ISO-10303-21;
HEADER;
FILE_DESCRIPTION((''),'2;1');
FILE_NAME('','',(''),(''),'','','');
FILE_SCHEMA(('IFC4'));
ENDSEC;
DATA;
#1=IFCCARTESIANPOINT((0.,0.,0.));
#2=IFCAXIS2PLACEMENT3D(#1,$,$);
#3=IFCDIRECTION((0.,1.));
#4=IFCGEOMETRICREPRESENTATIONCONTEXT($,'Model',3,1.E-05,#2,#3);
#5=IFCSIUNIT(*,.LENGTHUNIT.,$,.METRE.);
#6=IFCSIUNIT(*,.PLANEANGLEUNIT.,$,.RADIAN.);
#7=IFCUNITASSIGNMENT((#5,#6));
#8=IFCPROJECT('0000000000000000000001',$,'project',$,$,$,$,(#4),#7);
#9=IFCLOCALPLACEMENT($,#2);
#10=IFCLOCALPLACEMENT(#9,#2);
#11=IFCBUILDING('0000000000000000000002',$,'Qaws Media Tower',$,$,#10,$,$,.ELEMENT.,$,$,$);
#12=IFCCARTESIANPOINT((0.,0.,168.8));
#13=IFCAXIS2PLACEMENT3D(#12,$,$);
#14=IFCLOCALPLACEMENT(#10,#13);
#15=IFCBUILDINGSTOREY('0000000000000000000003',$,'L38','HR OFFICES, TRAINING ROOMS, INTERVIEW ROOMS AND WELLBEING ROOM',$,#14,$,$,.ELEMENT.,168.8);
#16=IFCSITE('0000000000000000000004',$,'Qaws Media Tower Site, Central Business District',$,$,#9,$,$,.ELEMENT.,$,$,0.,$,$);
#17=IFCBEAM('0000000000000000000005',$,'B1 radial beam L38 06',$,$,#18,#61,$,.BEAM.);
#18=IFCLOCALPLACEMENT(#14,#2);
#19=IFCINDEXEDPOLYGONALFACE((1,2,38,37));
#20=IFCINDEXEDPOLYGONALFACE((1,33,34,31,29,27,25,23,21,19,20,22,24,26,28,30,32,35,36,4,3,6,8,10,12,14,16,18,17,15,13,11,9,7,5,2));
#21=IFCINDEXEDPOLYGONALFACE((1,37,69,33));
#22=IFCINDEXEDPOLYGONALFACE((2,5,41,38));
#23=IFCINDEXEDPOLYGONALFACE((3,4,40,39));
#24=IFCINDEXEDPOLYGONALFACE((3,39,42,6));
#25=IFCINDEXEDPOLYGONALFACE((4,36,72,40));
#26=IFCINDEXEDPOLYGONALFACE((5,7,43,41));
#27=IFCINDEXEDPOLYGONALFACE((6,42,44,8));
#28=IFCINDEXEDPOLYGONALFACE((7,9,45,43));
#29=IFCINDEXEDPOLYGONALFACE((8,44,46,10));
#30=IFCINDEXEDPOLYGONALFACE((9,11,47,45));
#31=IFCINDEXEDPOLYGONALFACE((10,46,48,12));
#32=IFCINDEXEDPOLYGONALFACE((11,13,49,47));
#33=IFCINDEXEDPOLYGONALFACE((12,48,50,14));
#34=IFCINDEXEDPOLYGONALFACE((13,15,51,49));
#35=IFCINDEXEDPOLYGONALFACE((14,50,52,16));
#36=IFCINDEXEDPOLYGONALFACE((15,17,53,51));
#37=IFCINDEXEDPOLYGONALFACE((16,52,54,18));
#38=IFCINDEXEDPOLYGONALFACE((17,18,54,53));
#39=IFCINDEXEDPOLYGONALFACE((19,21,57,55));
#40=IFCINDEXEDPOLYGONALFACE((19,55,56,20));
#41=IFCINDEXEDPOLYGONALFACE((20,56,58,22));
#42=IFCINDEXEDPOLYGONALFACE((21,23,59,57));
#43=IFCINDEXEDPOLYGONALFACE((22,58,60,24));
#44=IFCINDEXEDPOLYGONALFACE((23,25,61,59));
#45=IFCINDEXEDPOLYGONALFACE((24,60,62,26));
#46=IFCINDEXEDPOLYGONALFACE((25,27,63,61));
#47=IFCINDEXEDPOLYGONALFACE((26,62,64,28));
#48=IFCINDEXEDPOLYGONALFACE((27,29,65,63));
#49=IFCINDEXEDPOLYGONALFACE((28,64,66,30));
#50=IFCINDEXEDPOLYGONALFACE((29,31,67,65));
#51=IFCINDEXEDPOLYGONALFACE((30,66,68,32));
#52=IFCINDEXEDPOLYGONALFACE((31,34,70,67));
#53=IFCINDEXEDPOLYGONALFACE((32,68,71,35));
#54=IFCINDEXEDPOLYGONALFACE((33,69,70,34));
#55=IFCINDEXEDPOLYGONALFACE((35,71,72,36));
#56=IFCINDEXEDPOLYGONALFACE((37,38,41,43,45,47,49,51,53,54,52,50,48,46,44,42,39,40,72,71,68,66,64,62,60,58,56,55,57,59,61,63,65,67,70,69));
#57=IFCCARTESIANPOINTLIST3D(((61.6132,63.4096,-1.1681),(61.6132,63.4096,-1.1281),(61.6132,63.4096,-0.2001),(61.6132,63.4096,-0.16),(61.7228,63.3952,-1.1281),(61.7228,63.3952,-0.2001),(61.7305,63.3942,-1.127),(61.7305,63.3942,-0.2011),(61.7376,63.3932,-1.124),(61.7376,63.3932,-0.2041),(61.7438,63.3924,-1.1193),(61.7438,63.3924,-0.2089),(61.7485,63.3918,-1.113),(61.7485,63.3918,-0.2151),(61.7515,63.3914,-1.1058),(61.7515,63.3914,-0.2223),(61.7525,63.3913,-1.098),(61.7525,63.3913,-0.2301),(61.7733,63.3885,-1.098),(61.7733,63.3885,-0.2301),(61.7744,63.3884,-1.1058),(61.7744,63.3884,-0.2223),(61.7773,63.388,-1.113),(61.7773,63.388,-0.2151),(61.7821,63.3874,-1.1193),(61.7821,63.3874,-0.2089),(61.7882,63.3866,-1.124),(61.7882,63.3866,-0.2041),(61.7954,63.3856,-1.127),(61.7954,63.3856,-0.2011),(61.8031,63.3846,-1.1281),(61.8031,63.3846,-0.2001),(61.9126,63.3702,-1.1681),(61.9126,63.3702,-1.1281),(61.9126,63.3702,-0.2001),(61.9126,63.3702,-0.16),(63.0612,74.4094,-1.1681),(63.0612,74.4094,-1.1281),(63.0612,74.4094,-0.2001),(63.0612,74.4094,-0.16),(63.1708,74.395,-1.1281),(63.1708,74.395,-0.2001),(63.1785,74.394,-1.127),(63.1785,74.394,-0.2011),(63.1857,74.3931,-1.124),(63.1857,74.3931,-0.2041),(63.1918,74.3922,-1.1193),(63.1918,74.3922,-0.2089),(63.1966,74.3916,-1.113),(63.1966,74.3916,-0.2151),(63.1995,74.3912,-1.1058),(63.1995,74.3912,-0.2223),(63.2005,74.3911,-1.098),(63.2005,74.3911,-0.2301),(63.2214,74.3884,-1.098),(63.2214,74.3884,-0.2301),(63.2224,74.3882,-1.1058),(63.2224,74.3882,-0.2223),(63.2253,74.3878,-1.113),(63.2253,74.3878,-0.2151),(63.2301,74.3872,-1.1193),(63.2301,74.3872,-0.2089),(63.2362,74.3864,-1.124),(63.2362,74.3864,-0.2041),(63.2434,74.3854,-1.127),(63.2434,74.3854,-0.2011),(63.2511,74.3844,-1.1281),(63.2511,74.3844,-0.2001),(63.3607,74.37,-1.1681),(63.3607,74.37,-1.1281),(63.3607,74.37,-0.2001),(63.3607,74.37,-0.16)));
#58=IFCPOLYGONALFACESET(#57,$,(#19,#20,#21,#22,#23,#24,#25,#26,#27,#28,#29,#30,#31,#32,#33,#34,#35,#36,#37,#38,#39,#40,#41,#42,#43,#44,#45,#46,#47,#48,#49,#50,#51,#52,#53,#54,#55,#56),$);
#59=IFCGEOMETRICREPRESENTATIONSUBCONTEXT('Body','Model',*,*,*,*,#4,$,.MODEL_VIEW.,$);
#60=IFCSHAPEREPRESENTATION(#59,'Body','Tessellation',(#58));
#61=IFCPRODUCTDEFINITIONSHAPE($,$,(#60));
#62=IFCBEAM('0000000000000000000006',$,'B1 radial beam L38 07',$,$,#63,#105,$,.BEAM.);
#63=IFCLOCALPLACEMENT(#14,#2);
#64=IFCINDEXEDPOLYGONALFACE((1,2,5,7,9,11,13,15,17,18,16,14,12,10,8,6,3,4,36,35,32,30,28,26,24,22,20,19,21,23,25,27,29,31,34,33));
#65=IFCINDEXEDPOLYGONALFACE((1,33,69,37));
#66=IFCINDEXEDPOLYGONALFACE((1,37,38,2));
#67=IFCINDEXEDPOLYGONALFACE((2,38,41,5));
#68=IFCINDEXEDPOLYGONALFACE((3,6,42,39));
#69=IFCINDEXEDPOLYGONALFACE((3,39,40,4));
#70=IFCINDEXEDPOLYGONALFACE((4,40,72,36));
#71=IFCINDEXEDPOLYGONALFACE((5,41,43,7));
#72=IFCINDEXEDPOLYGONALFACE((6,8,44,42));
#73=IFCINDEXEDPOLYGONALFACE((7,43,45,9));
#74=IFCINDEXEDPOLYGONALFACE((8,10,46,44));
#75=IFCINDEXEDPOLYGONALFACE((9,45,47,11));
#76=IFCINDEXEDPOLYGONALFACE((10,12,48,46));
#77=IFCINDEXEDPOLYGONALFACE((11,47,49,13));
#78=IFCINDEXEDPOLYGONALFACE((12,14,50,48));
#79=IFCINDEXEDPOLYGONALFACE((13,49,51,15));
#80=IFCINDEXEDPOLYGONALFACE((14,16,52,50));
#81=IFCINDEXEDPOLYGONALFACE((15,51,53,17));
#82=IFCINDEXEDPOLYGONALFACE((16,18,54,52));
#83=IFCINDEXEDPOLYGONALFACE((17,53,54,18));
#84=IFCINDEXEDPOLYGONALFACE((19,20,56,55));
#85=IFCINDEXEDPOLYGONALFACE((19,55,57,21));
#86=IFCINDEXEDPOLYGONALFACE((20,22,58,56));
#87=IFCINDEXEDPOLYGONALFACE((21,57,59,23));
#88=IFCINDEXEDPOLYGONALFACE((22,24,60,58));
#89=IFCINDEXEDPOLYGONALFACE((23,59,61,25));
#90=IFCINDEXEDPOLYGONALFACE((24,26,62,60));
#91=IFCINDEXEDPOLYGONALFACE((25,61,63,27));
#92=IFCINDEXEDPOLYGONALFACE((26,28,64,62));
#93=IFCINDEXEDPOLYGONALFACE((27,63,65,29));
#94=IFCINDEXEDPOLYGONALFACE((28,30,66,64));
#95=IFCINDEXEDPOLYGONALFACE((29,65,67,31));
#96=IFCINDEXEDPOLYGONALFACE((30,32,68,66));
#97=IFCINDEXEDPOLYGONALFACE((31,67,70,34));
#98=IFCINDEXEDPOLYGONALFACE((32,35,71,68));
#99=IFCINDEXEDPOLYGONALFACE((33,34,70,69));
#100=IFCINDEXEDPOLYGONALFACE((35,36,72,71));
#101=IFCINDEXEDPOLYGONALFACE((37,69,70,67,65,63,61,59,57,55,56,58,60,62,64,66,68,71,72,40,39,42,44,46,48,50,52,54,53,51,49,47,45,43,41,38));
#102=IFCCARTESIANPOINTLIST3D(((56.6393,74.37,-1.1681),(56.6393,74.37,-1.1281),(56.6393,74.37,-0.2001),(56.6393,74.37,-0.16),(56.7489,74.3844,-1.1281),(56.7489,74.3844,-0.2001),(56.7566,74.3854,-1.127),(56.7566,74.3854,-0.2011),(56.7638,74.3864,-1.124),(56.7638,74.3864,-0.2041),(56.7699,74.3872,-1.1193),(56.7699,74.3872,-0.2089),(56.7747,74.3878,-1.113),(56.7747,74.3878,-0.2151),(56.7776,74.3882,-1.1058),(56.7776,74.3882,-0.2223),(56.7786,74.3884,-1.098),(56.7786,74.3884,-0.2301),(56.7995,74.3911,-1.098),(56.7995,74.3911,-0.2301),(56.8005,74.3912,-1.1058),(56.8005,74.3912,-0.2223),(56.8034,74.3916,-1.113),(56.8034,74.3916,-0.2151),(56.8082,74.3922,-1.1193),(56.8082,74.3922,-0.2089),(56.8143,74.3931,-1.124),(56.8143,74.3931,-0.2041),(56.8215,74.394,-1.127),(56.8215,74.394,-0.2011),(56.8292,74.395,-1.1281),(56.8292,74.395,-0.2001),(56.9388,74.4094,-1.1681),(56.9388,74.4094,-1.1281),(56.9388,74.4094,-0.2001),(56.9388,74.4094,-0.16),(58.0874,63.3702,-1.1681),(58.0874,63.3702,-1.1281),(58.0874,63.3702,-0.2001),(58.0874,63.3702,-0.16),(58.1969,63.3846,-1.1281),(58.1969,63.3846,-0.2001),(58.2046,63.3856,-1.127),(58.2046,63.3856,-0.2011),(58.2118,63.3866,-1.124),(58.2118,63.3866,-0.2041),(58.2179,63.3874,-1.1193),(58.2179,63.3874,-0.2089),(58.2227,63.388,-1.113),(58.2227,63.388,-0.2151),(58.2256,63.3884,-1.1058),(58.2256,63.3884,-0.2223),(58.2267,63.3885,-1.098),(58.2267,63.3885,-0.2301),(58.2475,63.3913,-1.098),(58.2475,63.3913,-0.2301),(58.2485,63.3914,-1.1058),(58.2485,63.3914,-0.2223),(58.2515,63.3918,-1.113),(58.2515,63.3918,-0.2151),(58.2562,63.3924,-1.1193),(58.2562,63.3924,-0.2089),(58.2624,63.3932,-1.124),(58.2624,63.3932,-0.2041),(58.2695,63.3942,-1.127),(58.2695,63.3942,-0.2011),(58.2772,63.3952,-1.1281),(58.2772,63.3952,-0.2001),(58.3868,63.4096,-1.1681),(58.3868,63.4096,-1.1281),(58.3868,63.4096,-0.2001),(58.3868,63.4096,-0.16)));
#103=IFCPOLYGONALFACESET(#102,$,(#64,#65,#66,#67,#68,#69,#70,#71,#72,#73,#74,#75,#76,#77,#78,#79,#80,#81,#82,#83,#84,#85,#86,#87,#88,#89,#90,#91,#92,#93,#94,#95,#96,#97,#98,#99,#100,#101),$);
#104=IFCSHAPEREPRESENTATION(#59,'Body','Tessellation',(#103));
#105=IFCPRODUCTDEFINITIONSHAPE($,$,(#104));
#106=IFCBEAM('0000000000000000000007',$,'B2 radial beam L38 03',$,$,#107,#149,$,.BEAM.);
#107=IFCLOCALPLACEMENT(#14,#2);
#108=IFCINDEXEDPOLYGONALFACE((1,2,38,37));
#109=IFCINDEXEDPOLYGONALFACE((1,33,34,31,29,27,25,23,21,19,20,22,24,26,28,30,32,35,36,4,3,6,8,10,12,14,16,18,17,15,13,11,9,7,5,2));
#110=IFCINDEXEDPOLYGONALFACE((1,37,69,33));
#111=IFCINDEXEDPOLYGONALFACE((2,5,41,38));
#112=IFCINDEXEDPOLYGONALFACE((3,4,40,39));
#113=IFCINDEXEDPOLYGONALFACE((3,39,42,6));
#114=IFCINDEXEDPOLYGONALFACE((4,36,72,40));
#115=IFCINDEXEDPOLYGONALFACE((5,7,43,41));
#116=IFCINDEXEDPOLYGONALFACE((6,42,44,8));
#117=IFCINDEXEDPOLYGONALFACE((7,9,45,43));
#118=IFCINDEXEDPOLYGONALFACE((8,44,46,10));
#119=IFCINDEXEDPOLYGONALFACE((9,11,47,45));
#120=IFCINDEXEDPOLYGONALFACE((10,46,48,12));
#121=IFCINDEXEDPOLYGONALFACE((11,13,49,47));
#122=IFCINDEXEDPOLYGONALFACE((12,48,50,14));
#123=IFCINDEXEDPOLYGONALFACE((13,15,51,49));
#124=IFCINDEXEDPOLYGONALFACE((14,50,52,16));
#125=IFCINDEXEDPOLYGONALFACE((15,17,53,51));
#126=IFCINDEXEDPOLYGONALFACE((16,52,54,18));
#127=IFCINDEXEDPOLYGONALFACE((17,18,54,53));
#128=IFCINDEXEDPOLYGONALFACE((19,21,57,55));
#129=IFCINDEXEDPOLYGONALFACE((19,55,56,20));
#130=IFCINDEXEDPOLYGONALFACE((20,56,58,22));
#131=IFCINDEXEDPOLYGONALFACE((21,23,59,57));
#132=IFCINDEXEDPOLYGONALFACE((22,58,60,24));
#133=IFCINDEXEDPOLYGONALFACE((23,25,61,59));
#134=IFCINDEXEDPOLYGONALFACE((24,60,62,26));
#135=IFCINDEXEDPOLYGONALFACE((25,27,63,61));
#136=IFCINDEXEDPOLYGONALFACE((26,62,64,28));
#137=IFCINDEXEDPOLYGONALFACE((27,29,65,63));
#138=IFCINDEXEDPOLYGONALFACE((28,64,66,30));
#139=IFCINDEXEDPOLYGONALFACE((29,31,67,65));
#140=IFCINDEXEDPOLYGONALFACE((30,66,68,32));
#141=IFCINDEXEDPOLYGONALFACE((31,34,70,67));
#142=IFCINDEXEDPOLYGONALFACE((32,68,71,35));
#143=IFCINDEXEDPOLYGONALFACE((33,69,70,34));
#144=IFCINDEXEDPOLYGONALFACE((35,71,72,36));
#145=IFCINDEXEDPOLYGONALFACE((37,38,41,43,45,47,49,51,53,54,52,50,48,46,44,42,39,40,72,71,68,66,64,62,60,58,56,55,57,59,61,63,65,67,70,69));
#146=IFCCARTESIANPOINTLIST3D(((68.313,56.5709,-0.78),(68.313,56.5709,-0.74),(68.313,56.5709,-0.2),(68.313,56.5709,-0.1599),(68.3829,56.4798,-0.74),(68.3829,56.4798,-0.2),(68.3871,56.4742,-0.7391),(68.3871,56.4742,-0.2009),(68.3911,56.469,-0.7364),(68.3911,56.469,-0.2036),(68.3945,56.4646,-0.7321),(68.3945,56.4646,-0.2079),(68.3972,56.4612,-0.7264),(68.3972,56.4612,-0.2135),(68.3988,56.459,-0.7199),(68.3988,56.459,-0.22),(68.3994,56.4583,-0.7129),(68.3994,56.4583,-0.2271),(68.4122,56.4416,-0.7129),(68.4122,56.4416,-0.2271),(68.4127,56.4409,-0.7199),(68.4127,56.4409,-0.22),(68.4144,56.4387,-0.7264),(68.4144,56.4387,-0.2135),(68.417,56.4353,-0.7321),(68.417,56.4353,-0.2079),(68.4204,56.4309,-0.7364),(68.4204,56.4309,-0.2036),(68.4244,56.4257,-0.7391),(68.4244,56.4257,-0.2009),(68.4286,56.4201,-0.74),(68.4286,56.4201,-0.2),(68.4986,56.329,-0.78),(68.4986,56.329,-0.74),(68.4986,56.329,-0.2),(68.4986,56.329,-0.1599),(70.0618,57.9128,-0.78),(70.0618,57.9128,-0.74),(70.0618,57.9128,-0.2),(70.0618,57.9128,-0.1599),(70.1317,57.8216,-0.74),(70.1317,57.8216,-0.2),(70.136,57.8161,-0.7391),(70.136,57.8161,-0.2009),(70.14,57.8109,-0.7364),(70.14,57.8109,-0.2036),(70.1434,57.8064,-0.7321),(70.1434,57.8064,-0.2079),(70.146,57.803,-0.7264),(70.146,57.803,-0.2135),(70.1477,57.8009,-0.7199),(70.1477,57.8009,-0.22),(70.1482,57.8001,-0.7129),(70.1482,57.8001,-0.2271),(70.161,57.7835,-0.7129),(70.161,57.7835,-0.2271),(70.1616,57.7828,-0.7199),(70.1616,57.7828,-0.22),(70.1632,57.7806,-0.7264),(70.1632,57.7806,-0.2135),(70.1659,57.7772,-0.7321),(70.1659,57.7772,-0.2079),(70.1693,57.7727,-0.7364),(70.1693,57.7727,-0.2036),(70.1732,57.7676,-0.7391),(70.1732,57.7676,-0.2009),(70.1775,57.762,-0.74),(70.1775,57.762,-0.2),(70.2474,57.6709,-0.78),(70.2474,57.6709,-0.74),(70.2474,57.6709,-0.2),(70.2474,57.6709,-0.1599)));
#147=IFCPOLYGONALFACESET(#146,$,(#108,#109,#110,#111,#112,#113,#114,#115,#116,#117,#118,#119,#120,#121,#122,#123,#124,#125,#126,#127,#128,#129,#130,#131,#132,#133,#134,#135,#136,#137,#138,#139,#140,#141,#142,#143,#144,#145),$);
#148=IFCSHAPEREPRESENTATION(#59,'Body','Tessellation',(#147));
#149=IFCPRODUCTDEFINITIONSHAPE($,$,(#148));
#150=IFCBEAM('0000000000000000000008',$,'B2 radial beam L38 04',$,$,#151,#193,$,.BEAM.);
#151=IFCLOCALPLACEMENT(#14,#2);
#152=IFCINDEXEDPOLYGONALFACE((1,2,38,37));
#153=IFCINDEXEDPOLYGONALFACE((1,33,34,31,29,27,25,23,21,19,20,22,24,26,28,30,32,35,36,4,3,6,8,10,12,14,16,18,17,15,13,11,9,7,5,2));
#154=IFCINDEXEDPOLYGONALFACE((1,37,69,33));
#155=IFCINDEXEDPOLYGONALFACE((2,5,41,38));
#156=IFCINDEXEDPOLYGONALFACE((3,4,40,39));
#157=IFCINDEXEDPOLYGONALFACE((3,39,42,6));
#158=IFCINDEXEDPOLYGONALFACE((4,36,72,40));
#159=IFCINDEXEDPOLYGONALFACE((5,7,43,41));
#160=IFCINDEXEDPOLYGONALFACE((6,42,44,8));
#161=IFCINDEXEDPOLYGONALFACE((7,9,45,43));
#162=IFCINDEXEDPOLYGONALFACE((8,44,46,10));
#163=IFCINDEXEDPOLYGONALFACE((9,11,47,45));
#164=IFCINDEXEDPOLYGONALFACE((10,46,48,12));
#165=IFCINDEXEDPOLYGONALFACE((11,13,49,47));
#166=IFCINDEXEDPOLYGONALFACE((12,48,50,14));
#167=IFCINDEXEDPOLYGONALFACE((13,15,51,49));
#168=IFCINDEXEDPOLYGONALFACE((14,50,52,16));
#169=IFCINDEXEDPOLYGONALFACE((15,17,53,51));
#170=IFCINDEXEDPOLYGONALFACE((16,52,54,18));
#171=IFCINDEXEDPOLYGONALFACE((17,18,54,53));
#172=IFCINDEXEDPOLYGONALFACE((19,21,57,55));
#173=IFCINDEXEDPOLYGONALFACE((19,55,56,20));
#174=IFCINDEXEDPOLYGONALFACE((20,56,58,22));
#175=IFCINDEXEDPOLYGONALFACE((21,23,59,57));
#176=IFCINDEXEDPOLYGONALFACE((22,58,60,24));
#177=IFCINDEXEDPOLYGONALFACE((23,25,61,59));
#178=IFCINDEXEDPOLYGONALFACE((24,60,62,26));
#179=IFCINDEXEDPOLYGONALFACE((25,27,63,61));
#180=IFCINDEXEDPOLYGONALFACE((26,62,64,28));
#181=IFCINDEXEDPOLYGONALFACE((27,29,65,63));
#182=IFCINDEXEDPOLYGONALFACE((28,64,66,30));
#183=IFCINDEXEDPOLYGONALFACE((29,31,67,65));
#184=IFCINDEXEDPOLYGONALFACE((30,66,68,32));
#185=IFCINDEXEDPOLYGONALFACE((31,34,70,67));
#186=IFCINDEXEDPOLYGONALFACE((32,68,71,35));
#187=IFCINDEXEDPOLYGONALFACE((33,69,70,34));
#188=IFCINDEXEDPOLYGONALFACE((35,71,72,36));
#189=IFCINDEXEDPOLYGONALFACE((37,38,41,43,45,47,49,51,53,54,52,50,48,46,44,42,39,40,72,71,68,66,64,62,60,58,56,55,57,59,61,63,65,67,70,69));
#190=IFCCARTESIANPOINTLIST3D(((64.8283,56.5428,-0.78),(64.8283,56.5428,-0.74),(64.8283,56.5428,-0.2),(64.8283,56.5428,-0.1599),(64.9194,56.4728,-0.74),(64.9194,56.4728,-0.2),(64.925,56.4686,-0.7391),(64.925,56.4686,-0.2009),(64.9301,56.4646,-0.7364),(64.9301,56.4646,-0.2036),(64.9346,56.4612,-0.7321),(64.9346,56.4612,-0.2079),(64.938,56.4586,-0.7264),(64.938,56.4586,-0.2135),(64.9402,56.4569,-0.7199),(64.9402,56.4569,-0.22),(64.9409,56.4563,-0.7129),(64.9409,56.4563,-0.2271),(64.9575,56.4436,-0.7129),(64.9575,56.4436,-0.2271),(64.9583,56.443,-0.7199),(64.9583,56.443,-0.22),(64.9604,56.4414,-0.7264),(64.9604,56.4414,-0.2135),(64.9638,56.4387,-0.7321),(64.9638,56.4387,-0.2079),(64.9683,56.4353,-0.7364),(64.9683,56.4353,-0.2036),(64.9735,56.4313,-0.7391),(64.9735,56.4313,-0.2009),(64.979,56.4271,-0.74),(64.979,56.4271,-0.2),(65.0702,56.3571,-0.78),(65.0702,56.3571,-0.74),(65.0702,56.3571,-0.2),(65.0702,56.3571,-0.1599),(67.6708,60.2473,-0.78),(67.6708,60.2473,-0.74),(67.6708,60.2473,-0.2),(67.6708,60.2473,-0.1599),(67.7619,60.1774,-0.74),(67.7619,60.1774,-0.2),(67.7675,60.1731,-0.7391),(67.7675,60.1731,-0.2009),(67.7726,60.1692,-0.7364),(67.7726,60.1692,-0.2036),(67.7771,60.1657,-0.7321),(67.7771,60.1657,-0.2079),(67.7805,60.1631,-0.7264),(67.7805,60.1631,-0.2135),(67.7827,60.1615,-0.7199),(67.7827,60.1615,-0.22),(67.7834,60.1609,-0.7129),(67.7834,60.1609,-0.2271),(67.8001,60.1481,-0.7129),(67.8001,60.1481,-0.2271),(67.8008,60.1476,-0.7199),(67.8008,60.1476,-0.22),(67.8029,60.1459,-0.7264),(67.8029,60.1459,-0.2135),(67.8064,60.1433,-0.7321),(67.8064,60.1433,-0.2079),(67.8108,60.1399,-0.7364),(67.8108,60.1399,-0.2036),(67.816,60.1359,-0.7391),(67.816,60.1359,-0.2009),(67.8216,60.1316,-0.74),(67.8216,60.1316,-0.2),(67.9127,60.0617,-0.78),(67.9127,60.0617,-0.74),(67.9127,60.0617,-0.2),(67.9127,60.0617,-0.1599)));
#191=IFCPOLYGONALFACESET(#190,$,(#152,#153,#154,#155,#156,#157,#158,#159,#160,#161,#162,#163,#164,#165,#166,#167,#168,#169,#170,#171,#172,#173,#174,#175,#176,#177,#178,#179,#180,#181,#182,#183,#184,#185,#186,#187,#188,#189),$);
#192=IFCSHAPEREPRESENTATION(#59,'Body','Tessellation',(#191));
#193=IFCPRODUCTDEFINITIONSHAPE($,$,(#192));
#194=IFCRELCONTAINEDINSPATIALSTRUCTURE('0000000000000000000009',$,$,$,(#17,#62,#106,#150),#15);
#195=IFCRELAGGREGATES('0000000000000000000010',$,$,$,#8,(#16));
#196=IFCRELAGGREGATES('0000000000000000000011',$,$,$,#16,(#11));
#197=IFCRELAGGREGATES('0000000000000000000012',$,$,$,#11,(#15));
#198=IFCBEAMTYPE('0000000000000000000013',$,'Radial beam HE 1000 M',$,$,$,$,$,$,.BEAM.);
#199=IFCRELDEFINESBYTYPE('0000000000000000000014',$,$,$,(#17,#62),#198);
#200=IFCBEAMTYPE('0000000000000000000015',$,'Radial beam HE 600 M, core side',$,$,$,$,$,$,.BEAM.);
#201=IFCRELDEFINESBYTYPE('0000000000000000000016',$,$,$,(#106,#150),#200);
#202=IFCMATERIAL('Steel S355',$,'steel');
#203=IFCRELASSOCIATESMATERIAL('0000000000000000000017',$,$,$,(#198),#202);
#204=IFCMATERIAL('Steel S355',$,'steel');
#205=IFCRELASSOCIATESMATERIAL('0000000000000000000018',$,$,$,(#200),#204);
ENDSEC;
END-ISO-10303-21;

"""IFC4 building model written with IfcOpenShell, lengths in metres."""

from ifc_helpers import new_model, si_unit, direction, frame, origin, origin_2d, place, context, subcontext, project, spatial, i_section, extrude, material, material_profile, profile_set, type_object, element, save


model = new_model("IFC4")

# Units and contexts
model_context = context("Model", 3, precision=1e-05, world=origin(), true_north=direction((0.0, 1.0)))
body_context = subcontext(model_context, "Body", "Model", "MODEL_VIEW")
ifc_project = project(units=[si_unit("LENGTHUNIT", "METRE"), si_unit("PLANEANGLEUNIT", "RADIAN")], contexts=[model_context])

# Site, building, storey
site_placement = place(None, origin())
site = spatial("IfcSite", under=ifc_project, at=site_placement, Name="Qaws Media Tower Site, Central Business District", CompositionType="ELEMENT", RefElevation=0.0)
building_placement = place(site_placement, origin())
building = spatial("IfcBuilding", under=site, at=building_placement, Name="Qaws Media Tower", CompositionType="ELEMENT")
storey_placement = place(building_placement, frame((0.0, 0.0, 168.8)))
storey = spatial("IfcBuildingStorey", under=building, at=storey_placement, Name="L38", Description="HR OFFICES, TRAINING ROOMS, INTERVIEW ROOMS AND WELLBEING ROOM", CompositionType="ELEMENT", Elevation=168.8)

# Beams
ifc_material_1 = material(Name="Steel S355", Category="steel")
ifc_material_profile_1 = material_profile(ifc_material_1, i_section(OverallWidth=0.302, OverallDepth=1.0081, WebThickness=0.021, FlangeThickness=0.04, FilletRadius=0.03, at=origin_2d()), Name="HE 1000 M")
ifc_profile_set_1 = profile_set([ifc_material_profile_1], Name="Steel S355")
beam_type_1 = type_object("IfcBeamType", Name="Radial beam HE 1000 M", PredefinedType="BEAM", material=ifc_profile_set_1)
for number, where, z_axis, x_axis, name in (
    (1, (61.7629, 63.3899, -0.6641), (0.130513, 0.991447, 0.0), (-0.991447, 0.130513, 0.0), "B1 radial beam L38 06"),
    (2, (58.2371, 63.3899, -0.6641), (-0.130513, 0.991447, 0.0), (-0.991447, -0.130513, 0.0), "B1 radial beam L38 07"),
):
    element("IfcBeam", number, at=place(storey_placement, frame(where, z_axis=z_axis, x_axis=x_axis)), inside=storey, type_object=beam_type_1, Name=name, PredefinedType="BEAM", context=body_context, shape_type="SweptSolid", body=[
        extrude(i_section(OverallWidth=0.302, OverallDepth=1.0081, WebThickness=0.021, FlangeThickness=0.04, FilletRadius=0.03, at=origin_2d()), origin(), (0.0, 0.0, 1.0), 11.0947),
    ])
ifc_material_2 = material(Name="Steel S355", Category="steel")
ifc_material_profile_2 = material_profile(ifc_material_2, i_section(OverallWidth=0.3049, OverallDepth=0.6201, WebThickness=0.021, FlangeThickness=0.04, FilletRadius=0.0271, at=origin_2d()), Name="HE 600 M")
ifc_profile_set_2 = profile_set([ifc_material_profile_2], Name="Steel S355")
beam_type_2 = type_object("IfcBeamType", Name="Radial beam HE 600 M, core side", PredefinedType="BEAM", material=ifc_profile_set_2)
beam_1_placement = place(storey_placement, frame((68.4058, 56.45, -0.47), z_axis=(0.793373, 0.608736, 0.0), x_axis=(-0.608736, 0.793373, 0.0)))
element("IfcBeam", 3, at=beam_1_placement, inside=storey, type_object=beam_type_2, Name="B2 radial beam L38 03", PredefinedType="BEAM", context=body_context, shape_type="SweptSolid", body=[
    extrude(i_section(OverallWidth=0.3049, OverallDepth=0.6201, WebThickness=0.021, FlangeThickness=0.04, FilletRadius=0.0271, at=origin_2d()), origin(), (0.0, 0.0, 1.0), 2.2043),
])
beam_2_placement = place(storey_placement, frame((64.9492, 56.45, -0.47), z_axis=(0.608748, 0.793364, 0.0), x_axis=(-0.793364, 0.608748, 0.0)))
element("IfcBeam", 4, at=beam_2_placement, inside=storey, type_object=beam_type_2, Name="B2 radial beam L38 04", PredefinedType="BEAM", context=body_context, shape_type="SweptSolid", body=[
    extrude(i_section(OverallWidth=0.3049, OverallDepth=0.6201, WebThickness=0.021, FlangeThickness=0.04, FilletRadius=0.0271, at=origin_2d()), origin(), (0.0, 0.0, 1.0), 4.6694),
])

save(model, "model.ifc")
